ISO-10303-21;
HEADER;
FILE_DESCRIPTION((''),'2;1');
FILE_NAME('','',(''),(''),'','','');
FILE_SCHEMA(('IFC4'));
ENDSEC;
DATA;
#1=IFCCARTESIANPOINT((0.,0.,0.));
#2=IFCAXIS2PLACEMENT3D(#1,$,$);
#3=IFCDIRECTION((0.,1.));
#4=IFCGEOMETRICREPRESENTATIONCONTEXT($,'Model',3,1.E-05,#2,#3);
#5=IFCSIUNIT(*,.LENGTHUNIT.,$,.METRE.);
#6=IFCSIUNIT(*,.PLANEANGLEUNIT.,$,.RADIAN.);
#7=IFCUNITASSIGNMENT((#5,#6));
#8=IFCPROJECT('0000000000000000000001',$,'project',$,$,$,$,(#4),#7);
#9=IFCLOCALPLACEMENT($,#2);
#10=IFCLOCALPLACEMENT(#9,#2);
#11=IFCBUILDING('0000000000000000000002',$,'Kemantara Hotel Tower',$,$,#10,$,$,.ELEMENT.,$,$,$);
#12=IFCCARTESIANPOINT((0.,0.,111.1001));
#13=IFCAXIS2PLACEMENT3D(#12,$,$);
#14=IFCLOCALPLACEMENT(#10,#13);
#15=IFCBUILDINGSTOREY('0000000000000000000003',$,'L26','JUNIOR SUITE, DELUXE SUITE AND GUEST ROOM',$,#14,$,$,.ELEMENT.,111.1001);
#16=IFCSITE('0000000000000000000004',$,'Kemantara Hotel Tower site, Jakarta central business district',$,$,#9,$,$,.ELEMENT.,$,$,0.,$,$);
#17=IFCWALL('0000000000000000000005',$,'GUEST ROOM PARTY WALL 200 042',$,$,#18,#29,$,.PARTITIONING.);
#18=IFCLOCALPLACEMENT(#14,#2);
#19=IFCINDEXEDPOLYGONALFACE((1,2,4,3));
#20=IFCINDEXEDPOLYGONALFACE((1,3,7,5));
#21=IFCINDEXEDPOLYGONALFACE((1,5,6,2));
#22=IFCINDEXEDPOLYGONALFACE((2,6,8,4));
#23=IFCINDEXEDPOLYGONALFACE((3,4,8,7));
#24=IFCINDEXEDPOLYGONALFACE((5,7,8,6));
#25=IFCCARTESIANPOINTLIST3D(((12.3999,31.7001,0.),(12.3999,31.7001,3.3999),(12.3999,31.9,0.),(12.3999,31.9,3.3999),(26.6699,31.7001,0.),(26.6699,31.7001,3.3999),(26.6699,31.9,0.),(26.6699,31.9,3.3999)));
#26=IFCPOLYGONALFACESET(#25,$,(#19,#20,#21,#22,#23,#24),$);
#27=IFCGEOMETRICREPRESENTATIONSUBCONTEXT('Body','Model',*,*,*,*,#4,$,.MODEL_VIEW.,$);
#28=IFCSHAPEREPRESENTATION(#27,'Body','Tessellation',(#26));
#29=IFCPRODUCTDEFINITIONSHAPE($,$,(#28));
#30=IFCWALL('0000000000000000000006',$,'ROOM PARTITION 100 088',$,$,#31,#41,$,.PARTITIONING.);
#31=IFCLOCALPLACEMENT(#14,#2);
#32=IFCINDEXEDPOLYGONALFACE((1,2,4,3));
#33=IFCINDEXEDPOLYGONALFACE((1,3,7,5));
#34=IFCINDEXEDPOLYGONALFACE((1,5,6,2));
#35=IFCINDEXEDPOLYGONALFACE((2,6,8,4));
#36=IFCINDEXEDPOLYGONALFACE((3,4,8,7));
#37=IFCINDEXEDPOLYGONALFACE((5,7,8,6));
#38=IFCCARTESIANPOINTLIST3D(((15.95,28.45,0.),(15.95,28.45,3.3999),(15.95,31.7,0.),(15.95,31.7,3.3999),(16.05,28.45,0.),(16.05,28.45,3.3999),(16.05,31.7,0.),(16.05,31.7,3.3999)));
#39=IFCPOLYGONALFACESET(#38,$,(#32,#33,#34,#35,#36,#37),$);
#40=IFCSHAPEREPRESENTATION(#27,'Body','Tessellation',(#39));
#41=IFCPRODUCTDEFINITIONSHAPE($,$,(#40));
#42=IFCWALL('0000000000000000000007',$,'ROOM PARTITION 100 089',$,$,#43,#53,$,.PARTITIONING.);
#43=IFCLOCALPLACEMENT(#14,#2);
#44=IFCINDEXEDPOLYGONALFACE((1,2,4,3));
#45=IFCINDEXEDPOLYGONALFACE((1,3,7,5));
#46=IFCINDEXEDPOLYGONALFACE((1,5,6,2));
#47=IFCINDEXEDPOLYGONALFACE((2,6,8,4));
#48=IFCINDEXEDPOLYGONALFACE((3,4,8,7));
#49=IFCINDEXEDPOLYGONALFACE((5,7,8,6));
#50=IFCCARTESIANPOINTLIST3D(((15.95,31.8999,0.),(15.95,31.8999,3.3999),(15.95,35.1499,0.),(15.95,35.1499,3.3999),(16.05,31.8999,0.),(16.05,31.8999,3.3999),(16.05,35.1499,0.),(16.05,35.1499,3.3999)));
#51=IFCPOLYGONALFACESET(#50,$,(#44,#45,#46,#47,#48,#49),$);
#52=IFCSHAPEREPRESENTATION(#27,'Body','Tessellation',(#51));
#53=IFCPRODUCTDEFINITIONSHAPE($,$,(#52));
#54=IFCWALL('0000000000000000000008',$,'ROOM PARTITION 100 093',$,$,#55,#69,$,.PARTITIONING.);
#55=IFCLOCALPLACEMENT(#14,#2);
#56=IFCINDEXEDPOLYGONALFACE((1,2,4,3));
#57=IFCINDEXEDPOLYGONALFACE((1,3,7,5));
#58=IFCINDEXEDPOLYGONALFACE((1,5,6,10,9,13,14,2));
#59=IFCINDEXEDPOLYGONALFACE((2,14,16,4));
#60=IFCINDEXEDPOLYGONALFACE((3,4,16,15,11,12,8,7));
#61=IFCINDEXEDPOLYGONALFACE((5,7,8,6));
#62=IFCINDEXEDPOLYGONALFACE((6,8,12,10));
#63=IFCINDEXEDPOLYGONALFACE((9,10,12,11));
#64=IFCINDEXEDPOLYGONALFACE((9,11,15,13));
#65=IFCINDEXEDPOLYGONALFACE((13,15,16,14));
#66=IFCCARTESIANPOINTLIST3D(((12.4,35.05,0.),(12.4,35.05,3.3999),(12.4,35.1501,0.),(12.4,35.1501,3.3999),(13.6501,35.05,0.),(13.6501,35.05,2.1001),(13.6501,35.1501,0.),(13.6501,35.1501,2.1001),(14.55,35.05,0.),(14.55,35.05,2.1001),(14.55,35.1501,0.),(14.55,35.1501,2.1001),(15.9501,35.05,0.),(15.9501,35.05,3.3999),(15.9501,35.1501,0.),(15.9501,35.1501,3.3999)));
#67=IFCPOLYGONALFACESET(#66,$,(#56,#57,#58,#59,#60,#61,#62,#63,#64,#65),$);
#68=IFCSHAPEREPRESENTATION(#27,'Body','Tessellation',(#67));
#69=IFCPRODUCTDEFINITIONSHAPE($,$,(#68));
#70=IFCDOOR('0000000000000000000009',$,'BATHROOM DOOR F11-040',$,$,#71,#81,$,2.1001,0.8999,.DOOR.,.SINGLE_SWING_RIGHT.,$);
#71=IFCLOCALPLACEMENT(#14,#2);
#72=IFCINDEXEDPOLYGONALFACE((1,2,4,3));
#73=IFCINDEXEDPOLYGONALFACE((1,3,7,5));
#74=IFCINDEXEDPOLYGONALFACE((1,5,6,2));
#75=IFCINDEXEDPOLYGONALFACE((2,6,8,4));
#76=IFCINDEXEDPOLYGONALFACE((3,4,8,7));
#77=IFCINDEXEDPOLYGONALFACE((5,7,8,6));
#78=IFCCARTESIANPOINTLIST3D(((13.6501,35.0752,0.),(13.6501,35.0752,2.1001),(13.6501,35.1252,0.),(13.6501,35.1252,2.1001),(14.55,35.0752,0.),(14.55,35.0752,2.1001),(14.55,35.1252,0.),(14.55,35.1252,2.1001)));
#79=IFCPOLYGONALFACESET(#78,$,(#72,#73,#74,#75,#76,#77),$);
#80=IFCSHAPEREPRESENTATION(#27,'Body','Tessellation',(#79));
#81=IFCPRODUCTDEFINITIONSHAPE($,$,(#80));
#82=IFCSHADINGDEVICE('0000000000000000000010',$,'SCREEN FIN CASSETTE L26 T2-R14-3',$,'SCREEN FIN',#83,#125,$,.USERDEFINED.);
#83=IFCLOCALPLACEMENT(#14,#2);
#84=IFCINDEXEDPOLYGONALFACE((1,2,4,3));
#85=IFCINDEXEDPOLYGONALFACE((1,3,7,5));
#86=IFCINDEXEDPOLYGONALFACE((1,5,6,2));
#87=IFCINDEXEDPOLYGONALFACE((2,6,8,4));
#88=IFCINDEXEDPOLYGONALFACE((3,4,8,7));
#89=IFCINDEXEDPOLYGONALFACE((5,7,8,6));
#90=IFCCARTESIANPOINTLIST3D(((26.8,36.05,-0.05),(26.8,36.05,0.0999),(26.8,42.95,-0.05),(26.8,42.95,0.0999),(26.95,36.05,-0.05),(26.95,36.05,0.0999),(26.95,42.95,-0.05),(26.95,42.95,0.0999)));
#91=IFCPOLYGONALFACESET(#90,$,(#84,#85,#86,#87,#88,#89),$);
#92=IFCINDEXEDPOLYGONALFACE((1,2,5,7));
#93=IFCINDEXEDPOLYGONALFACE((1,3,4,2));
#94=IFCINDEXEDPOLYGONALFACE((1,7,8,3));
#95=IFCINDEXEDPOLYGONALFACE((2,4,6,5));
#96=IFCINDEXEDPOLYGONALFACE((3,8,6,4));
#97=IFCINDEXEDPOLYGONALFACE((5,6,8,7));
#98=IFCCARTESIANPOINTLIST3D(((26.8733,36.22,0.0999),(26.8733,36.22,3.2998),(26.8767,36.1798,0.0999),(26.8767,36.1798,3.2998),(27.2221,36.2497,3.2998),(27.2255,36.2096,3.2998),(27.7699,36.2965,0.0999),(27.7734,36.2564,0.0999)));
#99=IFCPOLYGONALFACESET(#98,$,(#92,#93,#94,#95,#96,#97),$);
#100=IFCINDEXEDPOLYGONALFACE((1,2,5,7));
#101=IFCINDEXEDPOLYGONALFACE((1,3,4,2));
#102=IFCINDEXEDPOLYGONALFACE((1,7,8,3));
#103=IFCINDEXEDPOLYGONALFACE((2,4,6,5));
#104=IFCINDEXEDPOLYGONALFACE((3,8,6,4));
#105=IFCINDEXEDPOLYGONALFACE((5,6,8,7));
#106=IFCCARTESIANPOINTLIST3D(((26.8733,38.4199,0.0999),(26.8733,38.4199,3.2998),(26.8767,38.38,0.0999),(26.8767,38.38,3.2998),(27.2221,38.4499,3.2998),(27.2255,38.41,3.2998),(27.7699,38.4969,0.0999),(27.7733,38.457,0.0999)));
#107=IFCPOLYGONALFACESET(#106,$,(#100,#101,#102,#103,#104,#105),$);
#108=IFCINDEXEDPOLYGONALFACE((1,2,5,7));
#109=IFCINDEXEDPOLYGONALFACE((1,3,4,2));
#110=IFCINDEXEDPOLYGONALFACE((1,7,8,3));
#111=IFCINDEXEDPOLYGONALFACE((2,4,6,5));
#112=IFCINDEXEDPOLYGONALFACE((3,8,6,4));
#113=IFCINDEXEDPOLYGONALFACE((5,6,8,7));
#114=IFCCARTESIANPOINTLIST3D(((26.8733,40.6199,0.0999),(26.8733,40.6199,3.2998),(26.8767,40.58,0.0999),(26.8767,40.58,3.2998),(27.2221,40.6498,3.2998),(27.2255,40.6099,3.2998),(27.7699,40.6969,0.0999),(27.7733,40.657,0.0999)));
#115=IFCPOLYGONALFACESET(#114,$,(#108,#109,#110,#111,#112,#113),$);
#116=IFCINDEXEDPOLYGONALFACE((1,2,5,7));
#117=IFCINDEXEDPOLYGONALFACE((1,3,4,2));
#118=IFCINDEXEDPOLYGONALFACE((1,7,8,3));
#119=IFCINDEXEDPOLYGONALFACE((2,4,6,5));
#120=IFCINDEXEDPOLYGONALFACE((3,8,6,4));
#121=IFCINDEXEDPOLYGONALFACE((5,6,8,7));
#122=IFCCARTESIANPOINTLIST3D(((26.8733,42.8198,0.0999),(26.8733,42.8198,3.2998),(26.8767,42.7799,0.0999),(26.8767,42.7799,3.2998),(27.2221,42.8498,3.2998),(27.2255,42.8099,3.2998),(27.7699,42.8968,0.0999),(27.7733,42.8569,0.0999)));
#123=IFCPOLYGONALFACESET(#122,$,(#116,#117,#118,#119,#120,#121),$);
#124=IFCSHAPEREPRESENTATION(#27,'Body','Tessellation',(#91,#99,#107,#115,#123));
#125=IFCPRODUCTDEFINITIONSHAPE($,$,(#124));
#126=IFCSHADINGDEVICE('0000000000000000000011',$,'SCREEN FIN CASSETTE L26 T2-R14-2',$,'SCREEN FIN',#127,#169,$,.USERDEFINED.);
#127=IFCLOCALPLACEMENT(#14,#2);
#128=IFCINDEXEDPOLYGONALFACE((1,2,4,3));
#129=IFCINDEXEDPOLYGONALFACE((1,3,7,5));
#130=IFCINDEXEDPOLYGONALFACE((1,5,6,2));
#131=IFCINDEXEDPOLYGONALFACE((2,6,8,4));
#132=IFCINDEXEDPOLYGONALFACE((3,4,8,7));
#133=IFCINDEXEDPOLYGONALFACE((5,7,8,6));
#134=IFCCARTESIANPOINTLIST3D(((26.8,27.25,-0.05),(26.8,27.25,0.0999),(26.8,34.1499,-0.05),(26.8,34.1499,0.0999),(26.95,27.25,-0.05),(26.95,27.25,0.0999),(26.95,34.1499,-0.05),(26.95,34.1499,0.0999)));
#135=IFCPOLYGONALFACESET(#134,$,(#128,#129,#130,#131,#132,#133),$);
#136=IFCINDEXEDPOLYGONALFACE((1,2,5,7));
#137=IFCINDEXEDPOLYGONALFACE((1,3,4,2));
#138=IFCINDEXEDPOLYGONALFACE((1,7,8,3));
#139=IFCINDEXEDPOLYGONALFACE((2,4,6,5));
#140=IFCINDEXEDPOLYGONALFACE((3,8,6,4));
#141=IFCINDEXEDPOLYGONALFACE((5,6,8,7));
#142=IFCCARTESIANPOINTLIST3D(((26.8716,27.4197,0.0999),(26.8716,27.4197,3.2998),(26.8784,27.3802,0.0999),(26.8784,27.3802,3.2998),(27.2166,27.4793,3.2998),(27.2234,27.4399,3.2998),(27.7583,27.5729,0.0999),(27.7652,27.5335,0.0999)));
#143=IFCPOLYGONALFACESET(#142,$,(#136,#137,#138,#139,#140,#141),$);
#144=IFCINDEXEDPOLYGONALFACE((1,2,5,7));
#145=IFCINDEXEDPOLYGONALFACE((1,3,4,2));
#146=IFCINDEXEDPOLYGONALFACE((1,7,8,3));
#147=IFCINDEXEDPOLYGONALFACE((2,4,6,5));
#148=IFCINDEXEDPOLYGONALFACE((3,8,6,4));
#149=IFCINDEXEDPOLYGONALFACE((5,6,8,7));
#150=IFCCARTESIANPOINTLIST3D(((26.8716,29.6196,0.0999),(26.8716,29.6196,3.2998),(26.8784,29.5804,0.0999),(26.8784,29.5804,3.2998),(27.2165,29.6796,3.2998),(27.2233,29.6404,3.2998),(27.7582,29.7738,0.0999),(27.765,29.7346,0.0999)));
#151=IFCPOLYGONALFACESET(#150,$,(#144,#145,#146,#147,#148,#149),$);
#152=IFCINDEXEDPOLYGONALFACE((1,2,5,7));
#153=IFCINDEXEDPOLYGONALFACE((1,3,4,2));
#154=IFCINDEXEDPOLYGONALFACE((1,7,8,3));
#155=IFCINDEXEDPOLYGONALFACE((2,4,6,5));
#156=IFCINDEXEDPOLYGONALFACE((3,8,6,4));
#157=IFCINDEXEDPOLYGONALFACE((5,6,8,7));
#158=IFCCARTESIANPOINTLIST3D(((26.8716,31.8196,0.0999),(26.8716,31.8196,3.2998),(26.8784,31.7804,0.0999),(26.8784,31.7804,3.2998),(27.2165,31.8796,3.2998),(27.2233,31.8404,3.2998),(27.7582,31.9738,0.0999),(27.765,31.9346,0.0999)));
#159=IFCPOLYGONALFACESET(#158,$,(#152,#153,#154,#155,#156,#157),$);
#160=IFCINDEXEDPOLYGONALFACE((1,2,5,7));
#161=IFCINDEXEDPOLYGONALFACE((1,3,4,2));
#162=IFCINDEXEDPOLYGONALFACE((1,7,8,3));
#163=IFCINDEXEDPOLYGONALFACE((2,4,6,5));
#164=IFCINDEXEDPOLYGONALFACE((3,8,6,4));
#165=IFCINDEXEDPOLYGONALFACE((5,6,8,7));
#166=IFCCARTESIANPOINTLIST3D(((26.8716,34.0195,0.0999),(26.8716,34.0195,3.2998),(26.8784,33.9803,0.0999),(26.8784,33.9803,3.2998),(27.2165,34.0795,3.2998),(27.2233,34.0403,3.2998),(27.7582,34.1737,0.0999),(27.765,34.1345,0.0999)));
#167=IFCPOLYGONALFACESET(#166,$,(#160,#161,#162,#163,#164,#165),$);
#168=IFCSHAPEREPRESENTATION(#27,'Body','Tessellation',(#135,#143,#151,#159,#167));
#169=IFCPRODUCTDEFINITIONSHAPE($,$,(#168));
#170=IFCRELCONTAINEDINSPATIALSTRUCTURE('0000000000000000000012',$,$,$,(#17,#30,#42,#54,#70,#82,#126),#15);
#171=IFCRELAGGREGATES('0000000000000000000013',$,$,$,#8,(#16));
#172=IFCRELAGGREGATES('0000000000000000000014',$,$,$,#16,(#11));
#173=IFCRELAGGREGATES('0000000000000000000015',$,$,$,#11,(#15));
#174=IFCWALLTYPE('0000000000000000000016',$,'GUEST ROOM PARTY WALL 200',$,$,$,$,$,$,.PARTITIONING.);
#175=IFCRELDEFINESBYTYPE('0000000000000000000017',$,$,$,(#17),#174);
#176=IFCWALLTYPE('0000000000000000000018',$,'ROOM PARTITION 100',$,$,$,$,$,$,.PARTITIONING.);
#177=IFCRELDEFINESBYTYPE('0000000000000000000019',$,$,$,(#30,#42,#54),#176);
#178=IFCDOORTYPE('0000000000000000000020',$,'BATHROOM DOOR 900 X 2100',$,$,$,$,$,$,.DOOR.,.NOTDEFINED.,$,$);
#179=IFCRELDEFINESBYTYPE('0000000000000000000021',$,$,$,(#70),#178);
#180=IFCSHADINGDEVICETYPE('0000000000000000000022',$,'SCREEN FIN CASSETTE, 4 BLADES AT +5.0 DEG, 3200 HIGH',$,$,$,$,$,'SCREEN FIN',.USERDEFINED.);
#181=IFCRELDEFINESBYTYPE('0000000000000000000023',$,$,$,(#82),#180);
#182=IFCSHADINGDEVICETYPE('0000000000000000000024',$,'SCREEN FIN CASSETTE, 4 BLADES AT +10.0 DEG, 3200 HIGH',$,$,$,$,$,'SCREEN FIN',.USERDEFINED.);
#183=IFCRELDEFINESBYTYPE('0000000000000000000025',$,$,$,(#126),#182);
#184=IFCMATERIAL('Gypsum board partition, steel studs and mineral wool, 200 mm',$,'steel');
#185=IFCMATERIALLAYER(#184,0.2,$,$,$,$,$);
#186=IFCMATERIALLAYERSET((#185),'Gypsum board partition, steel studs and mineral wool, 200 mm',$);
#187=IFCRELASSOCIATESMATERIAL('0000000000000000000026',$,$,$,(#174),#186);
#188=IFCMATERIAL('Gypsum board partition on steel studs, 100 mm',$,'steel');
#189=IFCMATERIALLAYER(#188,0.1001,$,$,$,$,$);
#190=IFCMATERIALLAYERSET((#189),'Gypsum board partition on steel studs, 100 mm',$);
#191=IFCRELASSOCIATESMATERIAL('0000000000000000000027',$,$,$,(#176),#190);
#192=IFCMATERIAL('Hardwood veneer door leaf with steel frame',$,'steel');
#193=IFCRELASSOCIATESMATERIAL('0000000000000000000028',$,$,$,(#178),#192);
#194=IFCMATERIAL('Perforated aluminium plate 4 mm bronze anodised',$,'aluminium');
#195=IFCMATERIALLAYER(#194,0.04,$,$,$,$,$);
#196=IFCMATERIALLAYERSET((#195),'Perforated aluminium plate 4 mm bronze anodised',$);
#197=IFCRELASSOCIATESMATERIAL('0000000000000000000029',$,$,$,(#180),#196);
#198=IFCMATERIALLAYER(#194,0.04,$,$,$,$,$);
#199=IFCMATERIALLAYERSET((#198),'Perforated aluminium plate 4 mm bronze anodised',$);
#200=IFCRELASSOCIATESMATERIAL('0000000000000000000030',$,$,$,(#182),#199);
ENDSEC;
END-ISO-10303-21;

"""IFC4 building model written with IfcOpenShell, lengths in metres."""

from ifc_helpers import new_model, si_unit, direction, frame, frame_2d, origin, origin_2d, place, context, subcontext, project, spatial, polyline, rectangle, outline, extrude, source, transform, mapped, material, layer, layer_set, type_object, element, fill, save


model = new_model("IFC4")

# Units and contexts
model_context = context("Model", 3, precision=1e-05, world=origin(), true_north=direction((0.0, 1.0)))
body_context = subcontext(model_context, "Body", "Model", "MODEL_VIEW")
ifc_project = project(units=[si_unit("LENGTHUNIT", "METRE"), si_unit("PLANEANGLEUNIT", "RADIAN")], contexts=[model_context])

# Site, building, storey
site_placement = place(None, origin())
site = spatial("IfcSite", under=ifc_project, at=site_placement, Name="Kemantara Hotel Tower site, Jakarta central business district", CompositionType="ELEMENT", RefElevation=0.0)
building_placement = place(site_placement, origin())
building = spatial("IfcBuilding", under=site, at=building_placement, Name="Kemantara Hotel Tower", CompositionType="ELEMENT")
storey_placement = place(building_placement, frame((0.0, 0.0, 111.1001)))
storey = spatial("IfcBuildingStorey", under=building, at=storey_placement, Name="L26", Description="JUNIOR SUITE, DELUXE SUITE AND GUEST ROOM", CompositionType="ELEMENT", Elevation=111.1001)

# Walls
ifc_material_1 = material(Name="Gypsum board partition, steel studs and mineral wool, 200 mm", Category="steel")
ifc_layer_1 = layer(ifc_material_1, 0.2)
ifc_layer_set_1 = layer_set([ifc_layer_1], Name="Gypsum board partition, steel studs and mineral wool, 200 mm")
wall_type_1 = type_object("IfcWallType", Name="GUEST ROOM PARTY WALL 200", PredefinedType="PARTITIONING", material=ifc_layer_set_1)
wall_1_placement = place(storey_placement, frame((12.3999, 31.8, 0.0), z_axis=(0.0, 0.0, 1.0), x_axis=(1.0, 0.0, 0.0)))
element("IfcWall", 1, at=wall_1_placement, inside=storey, type_object=wall_type_1, Name="GUEST ROOM PARTY WALL 200 042", PredefinedType="PARTITIONING", context=body_context, shape_type="SweptSolid", body=[
    extrude(rectangle(XDim=14.27, YDim=0.2, at=frame_2d((7.135, 0.0))), origin(), (0.0, 0.0, 1.0), 3.3999),
])
ifc_material_2 = material(Name="Gypsum board partition on steel studs, 100 mm", Category="steel")
ifc_layer_2 = layer(ifc_material_2, 0.1001)
ifc_layer_set_2 = layer_set([ifc_layer_2], Name="Gypsum board partition on steel studs, 100 mm")
wall_type_2 = type_object("IfcWallType", Name="ROOM PARTITION 100", PredefinedType="PARTITIONING", material=ifc_layer_set_2)
for number, where, z_axis, x_axis, name in (
    (2, (16.0, 28.45, 0.0), (0.0, 0.0, 1.0), (0.0, 1.0, 0.0), "ROOM PARTITION 100 088"),
    (3, (16.0, 31.8999, 0.0), (0.0, 0.0, 1.0), (0.0, 1.0, 0.0), "ROOM PARTITION 100 089"),
):
    element("IfcWall", number, at=place(storey_placement, frame(where, z_axis=z_axis, x_axis=x_axis)), inside=storey, type_object=wall_type_2, Name=name, PredefinedType="PARTITIONING", context=body_context, shape_type="SweptSolid", body=[
        extrude(rectangle(XDim=3.25, YDim=0.1001, at=frame_2d((1.625, 0.0))), origin(), (0.0, 0.0, 1.0), 3.3999),
    ])

# Wall, opening, door
wall_2_placement = place(storey_placement, frame((15.95, 35.1001, 0.0), z_axis=(0.0, 0.0, 1.0), x_axis=(-1.0, 0.0, 0.0)))
wall_2 = element("IfcWall", 4, at=wall_2_placement, inside=storey, type_object=wall_type_2, Name="ROOM PARTITION 100 093", PredefinedType="PARTITIONING", context=body_context, shape_type="SweptSolid", body=[
    extrude(rectangle(XDim=3.55, YDim=0.1001, at=frame_2d((1.7749, 0.0))), origin(), (0.0, 0.0, 1.0), 3.3999),
])
opening_placement = place(wall_2_placement, frame((1.3999, 0.0, 0.0)))
opening = element("IfcOpeningElement", 5, at=opening_placement, cuts=wall_2, PredefinedType="OPENING", context=body_context, shape_type="SweptSolid", body=[
    extrude(rectangle(XDim=0.8999, YDim=2.1001, at=frame_2d((0.45, 1.05))), frame((0.0, 0.0601, 0.0), z_axis=(0.0, -1.0, 0.0), x_axis=(1.0, 0.0, 0.0)), (0.0, 0.0, 1.0), 0.1201),
])
ifc_material_3 = material(Name="Hardwood veneer door leaf with steel frame", Category="steel")
door_type = type_object("IfcDoorType", Name="BATHROOM DOOR 900 X 2100", OperationType="NOTDEFINED", PredefinedType="DOOR", material=ifc_material_3)
door_placement = place(opening_placement, origin())
door = element("IfcDoor", 6, at=door_placement, inside=storey, type_object=door_type, Name="BATHROOM DOOR F11-040", OperationType="SINGLE_SWING_RIGHT", OverallHeight=2.1001, OverallWidth=0.8999, PredefinedType="DOOR", context=body_context, shape_type="SweptSolid", body=[
    extrude(rectangle(XDim=0.8999, YDim=2.1001, at=frame_2d((0.45, 1.05))), frame((0.0, 0.0249, 0.0), z_axis=(0.0, -1.0, 0.0), x_axis=(1.0, 0.0, 0.0)), (0.0, 0.0, 1.0), 0.05),
])
fill(opening, door)

# Shading devices
ifc_material_4 = material(Name="Perforated aluminium plate 4 mm bronze anodised", Category="aluminium")
ifc_layer_3 = layer(ifc_material_4, 0.04)
ifc_layer_set_3 = layer_set([ifc_layer_3], Name="Perforated aluminium plate 4 mm bronze anodised")
shading_device_type_1 = type_object("IfcShadingDeviceType", Name="SCREEN FIN CASSETTE, 4 BLADES AT +5.0 DEG, 3200 HIGH", ElementType="SCREEN FIN", PredefinedType="USERDEFINED", material=ifc_layer_set_3)
shared_shape_1 = source(origin(), body_context, "Body", "SweptSolid", [
    extrude(rectangle(XDim=6.8999, YDim=0.1499, at=origin_2d()), frame((3.3, -0.075, -0.1499), z_axis=(0.0, 0.0, 1.0), x_axis=(1.0, 0.0, 0.0)), (0.0, 0.0, 1.0), 0.1499),
    extrude(outline(polyline([(0.0, 0.0), (0.8999, 0.0), (0.3501, 3.2), (0.0, 3.2), (0.0, 0.0)])), frame((0.02, -0.0732, 0.0), z_axis=(-0.996376, -0.085056, 0.0), x_axis=(0.085056, -0.996376, 0.0)), (0.0, 0.0, 1.0), 0.0403),
    extrude(outline(polyline([(0.0, 0.0), (0.8999, 0.0), (0.3501, 3.2), (0.0, 3.2), (0.0, 0.0)])), frame((2.22, -0.0732, 0.0), z_axis=(-0.996332, -0.085575, 0.0), x_axis=(0.085575, -0.996332, 0.0)), (0.0, 0.0, 1.0), 0.04),
    extrude(outline(polyline([(0.0, 0.0), (0.8999, 0.0), (0.3501, 3.2), (0.0, 3.2), (0.0, 0.0)])), frame((4.4199, -0.0732, 0.0), z_axis=(-0.996332, -0.085575, 0.0), x_axis=(0.085575, -0.996332, 0.0)), (0.0, 0.0, 1.0), 0.04),
    extrude(outline(polyline([(0.0, 0.0), (0.8999, 0.0), (0.3501, 3.2), (0.0, 3.2), (0.0, 0.0)])), frame((6.6199, -0.0732, 0.0), z_axis=(-0.996332, -0.085575, 0.0), x_axis=(0.085575, -0.996332, 0.0)), (0.0, 0.0, 1.0), 0.04),
])
shading_device_1_placement = place(storey_placement, frame((26.8, 36.2, 0.0999), z_axis=(0.0, 0.0, 1.0), x_axis=(0.0, 1.0, 0.0)))
element("IfcShadingDevice", 7, at=shading_device_1_placement, inside=storey, type_object=shading_device_type_1, Name="SCREEN FIN CASSETTE L26 T2-R14-3", ObjectType="SCREEN FIN", PredefinedType="USERDEFINED", context=body_context, shape_type="MappedRepresentation", body=[
    mapped(shared_shape_1, transform((0.0, 0.0, 0.0))),
])
ifc_layer_4 = layer(ifc_material_4, 0.04)
ifc_layer_set_4 = layer_set([ifc_layer_4], Name="Perforated aluminium plate 4 mm bronze anodised")
shading_device_type_2 = type_object("IfcShadingDeviceType", Name="SCREEN FIN CASSETTE, 4 BLADES AT +10.0 DEG, 3200 HIGH", ElementType="SCREEN FIN", PredefinedType="USERDEFINED", material=ifc_layer_set_4)
shared_shape_2 = source(origin(), body_context, "Body", "SweptSolid", [
    extrude(rectangle(XDim=6.8999, YDim=0.1499, at=origin_2d()), frame((3.3, -0.075, -0.1499), z_axis=(0.0, 0.0, 1.0), x_axis=(1.0, 0.0, 0.0)), (0.0, 0.0, 1.0), 0.1499),
    extrude(outline(polyline([(0.0, 0.0), (0.8999, 0.0), (0.3501, 3.2), (0.0, 3.2), (0.0, 0.0)])), frame((0.0198, -0.0715, 0.0), z_axis=(-0.98539, -0.170314, 0.0), x_axis=(0.170314, -0.98539, 0.0)), (0.0, 0.0, 1.0), 0.04),
    extrude(outline(polyline([(0.0, 0.0), (0.8999, 0.0), (0.3501, 3.2), (0.0, 3.2), (0.0, 0.0)])), frame((2.2197, -0.0715, 0.0), z_axis=(-0.985212, -0.171341, 0.0), x_axis=(0.171341, -0.985212, 0.0)), (0.0, 0.0, 1.0), 0.0398),
    extrude(outline(polyline([(0.0, 0.0), (0.8999, 0.0), (0.3501, 3.2), (0.0, 3.2), (0.0, 0.0)])), frame((4.4197, -0.0715, 0.0), z_axis=(-0.985212, -0.171341, 0.0), x_axis=(0.171341, -0.985212, 0.0)), (0.0, 0.0, 1.0), 0.0398),
    extrude(outline(polyline([(0.0, 0.0), (0.8999, 0.0), (0.3501, 3.2), (0.0, 3.2), (0.0, 0.0)])), frame((6.6196, -0.0715, 0.0), z_axis=(-0.985212, -0.171341, 0.0), x_axis=(0.171341, -0.985212, 0.0)), (0.0, 0.0, 1.0), 0.0398),
])
shading_device_2_placement = place(storey_placement, frame((26.8, 27.3999, 0.0999), z_axis=(0.0, 0.0, 1.0), x_axis=(0.0, 1.0, 0.0)))
element("IfcShadingDevice", 8, at=shading_device_2_placement, inside=storey, type_object=shading_device_type_2, Name="SCREEN FIN CASSETTE L26 T2-R14-2", ObjectType="SCREEN FIN", PredefinedType="USERDEFINED", context=body_context, shape_type="MappedRepresentation", body=[
    mapped(shared_shape_2, transform((0.0, 0.0, 0.0))),
])

save(model, "model.ifc")
